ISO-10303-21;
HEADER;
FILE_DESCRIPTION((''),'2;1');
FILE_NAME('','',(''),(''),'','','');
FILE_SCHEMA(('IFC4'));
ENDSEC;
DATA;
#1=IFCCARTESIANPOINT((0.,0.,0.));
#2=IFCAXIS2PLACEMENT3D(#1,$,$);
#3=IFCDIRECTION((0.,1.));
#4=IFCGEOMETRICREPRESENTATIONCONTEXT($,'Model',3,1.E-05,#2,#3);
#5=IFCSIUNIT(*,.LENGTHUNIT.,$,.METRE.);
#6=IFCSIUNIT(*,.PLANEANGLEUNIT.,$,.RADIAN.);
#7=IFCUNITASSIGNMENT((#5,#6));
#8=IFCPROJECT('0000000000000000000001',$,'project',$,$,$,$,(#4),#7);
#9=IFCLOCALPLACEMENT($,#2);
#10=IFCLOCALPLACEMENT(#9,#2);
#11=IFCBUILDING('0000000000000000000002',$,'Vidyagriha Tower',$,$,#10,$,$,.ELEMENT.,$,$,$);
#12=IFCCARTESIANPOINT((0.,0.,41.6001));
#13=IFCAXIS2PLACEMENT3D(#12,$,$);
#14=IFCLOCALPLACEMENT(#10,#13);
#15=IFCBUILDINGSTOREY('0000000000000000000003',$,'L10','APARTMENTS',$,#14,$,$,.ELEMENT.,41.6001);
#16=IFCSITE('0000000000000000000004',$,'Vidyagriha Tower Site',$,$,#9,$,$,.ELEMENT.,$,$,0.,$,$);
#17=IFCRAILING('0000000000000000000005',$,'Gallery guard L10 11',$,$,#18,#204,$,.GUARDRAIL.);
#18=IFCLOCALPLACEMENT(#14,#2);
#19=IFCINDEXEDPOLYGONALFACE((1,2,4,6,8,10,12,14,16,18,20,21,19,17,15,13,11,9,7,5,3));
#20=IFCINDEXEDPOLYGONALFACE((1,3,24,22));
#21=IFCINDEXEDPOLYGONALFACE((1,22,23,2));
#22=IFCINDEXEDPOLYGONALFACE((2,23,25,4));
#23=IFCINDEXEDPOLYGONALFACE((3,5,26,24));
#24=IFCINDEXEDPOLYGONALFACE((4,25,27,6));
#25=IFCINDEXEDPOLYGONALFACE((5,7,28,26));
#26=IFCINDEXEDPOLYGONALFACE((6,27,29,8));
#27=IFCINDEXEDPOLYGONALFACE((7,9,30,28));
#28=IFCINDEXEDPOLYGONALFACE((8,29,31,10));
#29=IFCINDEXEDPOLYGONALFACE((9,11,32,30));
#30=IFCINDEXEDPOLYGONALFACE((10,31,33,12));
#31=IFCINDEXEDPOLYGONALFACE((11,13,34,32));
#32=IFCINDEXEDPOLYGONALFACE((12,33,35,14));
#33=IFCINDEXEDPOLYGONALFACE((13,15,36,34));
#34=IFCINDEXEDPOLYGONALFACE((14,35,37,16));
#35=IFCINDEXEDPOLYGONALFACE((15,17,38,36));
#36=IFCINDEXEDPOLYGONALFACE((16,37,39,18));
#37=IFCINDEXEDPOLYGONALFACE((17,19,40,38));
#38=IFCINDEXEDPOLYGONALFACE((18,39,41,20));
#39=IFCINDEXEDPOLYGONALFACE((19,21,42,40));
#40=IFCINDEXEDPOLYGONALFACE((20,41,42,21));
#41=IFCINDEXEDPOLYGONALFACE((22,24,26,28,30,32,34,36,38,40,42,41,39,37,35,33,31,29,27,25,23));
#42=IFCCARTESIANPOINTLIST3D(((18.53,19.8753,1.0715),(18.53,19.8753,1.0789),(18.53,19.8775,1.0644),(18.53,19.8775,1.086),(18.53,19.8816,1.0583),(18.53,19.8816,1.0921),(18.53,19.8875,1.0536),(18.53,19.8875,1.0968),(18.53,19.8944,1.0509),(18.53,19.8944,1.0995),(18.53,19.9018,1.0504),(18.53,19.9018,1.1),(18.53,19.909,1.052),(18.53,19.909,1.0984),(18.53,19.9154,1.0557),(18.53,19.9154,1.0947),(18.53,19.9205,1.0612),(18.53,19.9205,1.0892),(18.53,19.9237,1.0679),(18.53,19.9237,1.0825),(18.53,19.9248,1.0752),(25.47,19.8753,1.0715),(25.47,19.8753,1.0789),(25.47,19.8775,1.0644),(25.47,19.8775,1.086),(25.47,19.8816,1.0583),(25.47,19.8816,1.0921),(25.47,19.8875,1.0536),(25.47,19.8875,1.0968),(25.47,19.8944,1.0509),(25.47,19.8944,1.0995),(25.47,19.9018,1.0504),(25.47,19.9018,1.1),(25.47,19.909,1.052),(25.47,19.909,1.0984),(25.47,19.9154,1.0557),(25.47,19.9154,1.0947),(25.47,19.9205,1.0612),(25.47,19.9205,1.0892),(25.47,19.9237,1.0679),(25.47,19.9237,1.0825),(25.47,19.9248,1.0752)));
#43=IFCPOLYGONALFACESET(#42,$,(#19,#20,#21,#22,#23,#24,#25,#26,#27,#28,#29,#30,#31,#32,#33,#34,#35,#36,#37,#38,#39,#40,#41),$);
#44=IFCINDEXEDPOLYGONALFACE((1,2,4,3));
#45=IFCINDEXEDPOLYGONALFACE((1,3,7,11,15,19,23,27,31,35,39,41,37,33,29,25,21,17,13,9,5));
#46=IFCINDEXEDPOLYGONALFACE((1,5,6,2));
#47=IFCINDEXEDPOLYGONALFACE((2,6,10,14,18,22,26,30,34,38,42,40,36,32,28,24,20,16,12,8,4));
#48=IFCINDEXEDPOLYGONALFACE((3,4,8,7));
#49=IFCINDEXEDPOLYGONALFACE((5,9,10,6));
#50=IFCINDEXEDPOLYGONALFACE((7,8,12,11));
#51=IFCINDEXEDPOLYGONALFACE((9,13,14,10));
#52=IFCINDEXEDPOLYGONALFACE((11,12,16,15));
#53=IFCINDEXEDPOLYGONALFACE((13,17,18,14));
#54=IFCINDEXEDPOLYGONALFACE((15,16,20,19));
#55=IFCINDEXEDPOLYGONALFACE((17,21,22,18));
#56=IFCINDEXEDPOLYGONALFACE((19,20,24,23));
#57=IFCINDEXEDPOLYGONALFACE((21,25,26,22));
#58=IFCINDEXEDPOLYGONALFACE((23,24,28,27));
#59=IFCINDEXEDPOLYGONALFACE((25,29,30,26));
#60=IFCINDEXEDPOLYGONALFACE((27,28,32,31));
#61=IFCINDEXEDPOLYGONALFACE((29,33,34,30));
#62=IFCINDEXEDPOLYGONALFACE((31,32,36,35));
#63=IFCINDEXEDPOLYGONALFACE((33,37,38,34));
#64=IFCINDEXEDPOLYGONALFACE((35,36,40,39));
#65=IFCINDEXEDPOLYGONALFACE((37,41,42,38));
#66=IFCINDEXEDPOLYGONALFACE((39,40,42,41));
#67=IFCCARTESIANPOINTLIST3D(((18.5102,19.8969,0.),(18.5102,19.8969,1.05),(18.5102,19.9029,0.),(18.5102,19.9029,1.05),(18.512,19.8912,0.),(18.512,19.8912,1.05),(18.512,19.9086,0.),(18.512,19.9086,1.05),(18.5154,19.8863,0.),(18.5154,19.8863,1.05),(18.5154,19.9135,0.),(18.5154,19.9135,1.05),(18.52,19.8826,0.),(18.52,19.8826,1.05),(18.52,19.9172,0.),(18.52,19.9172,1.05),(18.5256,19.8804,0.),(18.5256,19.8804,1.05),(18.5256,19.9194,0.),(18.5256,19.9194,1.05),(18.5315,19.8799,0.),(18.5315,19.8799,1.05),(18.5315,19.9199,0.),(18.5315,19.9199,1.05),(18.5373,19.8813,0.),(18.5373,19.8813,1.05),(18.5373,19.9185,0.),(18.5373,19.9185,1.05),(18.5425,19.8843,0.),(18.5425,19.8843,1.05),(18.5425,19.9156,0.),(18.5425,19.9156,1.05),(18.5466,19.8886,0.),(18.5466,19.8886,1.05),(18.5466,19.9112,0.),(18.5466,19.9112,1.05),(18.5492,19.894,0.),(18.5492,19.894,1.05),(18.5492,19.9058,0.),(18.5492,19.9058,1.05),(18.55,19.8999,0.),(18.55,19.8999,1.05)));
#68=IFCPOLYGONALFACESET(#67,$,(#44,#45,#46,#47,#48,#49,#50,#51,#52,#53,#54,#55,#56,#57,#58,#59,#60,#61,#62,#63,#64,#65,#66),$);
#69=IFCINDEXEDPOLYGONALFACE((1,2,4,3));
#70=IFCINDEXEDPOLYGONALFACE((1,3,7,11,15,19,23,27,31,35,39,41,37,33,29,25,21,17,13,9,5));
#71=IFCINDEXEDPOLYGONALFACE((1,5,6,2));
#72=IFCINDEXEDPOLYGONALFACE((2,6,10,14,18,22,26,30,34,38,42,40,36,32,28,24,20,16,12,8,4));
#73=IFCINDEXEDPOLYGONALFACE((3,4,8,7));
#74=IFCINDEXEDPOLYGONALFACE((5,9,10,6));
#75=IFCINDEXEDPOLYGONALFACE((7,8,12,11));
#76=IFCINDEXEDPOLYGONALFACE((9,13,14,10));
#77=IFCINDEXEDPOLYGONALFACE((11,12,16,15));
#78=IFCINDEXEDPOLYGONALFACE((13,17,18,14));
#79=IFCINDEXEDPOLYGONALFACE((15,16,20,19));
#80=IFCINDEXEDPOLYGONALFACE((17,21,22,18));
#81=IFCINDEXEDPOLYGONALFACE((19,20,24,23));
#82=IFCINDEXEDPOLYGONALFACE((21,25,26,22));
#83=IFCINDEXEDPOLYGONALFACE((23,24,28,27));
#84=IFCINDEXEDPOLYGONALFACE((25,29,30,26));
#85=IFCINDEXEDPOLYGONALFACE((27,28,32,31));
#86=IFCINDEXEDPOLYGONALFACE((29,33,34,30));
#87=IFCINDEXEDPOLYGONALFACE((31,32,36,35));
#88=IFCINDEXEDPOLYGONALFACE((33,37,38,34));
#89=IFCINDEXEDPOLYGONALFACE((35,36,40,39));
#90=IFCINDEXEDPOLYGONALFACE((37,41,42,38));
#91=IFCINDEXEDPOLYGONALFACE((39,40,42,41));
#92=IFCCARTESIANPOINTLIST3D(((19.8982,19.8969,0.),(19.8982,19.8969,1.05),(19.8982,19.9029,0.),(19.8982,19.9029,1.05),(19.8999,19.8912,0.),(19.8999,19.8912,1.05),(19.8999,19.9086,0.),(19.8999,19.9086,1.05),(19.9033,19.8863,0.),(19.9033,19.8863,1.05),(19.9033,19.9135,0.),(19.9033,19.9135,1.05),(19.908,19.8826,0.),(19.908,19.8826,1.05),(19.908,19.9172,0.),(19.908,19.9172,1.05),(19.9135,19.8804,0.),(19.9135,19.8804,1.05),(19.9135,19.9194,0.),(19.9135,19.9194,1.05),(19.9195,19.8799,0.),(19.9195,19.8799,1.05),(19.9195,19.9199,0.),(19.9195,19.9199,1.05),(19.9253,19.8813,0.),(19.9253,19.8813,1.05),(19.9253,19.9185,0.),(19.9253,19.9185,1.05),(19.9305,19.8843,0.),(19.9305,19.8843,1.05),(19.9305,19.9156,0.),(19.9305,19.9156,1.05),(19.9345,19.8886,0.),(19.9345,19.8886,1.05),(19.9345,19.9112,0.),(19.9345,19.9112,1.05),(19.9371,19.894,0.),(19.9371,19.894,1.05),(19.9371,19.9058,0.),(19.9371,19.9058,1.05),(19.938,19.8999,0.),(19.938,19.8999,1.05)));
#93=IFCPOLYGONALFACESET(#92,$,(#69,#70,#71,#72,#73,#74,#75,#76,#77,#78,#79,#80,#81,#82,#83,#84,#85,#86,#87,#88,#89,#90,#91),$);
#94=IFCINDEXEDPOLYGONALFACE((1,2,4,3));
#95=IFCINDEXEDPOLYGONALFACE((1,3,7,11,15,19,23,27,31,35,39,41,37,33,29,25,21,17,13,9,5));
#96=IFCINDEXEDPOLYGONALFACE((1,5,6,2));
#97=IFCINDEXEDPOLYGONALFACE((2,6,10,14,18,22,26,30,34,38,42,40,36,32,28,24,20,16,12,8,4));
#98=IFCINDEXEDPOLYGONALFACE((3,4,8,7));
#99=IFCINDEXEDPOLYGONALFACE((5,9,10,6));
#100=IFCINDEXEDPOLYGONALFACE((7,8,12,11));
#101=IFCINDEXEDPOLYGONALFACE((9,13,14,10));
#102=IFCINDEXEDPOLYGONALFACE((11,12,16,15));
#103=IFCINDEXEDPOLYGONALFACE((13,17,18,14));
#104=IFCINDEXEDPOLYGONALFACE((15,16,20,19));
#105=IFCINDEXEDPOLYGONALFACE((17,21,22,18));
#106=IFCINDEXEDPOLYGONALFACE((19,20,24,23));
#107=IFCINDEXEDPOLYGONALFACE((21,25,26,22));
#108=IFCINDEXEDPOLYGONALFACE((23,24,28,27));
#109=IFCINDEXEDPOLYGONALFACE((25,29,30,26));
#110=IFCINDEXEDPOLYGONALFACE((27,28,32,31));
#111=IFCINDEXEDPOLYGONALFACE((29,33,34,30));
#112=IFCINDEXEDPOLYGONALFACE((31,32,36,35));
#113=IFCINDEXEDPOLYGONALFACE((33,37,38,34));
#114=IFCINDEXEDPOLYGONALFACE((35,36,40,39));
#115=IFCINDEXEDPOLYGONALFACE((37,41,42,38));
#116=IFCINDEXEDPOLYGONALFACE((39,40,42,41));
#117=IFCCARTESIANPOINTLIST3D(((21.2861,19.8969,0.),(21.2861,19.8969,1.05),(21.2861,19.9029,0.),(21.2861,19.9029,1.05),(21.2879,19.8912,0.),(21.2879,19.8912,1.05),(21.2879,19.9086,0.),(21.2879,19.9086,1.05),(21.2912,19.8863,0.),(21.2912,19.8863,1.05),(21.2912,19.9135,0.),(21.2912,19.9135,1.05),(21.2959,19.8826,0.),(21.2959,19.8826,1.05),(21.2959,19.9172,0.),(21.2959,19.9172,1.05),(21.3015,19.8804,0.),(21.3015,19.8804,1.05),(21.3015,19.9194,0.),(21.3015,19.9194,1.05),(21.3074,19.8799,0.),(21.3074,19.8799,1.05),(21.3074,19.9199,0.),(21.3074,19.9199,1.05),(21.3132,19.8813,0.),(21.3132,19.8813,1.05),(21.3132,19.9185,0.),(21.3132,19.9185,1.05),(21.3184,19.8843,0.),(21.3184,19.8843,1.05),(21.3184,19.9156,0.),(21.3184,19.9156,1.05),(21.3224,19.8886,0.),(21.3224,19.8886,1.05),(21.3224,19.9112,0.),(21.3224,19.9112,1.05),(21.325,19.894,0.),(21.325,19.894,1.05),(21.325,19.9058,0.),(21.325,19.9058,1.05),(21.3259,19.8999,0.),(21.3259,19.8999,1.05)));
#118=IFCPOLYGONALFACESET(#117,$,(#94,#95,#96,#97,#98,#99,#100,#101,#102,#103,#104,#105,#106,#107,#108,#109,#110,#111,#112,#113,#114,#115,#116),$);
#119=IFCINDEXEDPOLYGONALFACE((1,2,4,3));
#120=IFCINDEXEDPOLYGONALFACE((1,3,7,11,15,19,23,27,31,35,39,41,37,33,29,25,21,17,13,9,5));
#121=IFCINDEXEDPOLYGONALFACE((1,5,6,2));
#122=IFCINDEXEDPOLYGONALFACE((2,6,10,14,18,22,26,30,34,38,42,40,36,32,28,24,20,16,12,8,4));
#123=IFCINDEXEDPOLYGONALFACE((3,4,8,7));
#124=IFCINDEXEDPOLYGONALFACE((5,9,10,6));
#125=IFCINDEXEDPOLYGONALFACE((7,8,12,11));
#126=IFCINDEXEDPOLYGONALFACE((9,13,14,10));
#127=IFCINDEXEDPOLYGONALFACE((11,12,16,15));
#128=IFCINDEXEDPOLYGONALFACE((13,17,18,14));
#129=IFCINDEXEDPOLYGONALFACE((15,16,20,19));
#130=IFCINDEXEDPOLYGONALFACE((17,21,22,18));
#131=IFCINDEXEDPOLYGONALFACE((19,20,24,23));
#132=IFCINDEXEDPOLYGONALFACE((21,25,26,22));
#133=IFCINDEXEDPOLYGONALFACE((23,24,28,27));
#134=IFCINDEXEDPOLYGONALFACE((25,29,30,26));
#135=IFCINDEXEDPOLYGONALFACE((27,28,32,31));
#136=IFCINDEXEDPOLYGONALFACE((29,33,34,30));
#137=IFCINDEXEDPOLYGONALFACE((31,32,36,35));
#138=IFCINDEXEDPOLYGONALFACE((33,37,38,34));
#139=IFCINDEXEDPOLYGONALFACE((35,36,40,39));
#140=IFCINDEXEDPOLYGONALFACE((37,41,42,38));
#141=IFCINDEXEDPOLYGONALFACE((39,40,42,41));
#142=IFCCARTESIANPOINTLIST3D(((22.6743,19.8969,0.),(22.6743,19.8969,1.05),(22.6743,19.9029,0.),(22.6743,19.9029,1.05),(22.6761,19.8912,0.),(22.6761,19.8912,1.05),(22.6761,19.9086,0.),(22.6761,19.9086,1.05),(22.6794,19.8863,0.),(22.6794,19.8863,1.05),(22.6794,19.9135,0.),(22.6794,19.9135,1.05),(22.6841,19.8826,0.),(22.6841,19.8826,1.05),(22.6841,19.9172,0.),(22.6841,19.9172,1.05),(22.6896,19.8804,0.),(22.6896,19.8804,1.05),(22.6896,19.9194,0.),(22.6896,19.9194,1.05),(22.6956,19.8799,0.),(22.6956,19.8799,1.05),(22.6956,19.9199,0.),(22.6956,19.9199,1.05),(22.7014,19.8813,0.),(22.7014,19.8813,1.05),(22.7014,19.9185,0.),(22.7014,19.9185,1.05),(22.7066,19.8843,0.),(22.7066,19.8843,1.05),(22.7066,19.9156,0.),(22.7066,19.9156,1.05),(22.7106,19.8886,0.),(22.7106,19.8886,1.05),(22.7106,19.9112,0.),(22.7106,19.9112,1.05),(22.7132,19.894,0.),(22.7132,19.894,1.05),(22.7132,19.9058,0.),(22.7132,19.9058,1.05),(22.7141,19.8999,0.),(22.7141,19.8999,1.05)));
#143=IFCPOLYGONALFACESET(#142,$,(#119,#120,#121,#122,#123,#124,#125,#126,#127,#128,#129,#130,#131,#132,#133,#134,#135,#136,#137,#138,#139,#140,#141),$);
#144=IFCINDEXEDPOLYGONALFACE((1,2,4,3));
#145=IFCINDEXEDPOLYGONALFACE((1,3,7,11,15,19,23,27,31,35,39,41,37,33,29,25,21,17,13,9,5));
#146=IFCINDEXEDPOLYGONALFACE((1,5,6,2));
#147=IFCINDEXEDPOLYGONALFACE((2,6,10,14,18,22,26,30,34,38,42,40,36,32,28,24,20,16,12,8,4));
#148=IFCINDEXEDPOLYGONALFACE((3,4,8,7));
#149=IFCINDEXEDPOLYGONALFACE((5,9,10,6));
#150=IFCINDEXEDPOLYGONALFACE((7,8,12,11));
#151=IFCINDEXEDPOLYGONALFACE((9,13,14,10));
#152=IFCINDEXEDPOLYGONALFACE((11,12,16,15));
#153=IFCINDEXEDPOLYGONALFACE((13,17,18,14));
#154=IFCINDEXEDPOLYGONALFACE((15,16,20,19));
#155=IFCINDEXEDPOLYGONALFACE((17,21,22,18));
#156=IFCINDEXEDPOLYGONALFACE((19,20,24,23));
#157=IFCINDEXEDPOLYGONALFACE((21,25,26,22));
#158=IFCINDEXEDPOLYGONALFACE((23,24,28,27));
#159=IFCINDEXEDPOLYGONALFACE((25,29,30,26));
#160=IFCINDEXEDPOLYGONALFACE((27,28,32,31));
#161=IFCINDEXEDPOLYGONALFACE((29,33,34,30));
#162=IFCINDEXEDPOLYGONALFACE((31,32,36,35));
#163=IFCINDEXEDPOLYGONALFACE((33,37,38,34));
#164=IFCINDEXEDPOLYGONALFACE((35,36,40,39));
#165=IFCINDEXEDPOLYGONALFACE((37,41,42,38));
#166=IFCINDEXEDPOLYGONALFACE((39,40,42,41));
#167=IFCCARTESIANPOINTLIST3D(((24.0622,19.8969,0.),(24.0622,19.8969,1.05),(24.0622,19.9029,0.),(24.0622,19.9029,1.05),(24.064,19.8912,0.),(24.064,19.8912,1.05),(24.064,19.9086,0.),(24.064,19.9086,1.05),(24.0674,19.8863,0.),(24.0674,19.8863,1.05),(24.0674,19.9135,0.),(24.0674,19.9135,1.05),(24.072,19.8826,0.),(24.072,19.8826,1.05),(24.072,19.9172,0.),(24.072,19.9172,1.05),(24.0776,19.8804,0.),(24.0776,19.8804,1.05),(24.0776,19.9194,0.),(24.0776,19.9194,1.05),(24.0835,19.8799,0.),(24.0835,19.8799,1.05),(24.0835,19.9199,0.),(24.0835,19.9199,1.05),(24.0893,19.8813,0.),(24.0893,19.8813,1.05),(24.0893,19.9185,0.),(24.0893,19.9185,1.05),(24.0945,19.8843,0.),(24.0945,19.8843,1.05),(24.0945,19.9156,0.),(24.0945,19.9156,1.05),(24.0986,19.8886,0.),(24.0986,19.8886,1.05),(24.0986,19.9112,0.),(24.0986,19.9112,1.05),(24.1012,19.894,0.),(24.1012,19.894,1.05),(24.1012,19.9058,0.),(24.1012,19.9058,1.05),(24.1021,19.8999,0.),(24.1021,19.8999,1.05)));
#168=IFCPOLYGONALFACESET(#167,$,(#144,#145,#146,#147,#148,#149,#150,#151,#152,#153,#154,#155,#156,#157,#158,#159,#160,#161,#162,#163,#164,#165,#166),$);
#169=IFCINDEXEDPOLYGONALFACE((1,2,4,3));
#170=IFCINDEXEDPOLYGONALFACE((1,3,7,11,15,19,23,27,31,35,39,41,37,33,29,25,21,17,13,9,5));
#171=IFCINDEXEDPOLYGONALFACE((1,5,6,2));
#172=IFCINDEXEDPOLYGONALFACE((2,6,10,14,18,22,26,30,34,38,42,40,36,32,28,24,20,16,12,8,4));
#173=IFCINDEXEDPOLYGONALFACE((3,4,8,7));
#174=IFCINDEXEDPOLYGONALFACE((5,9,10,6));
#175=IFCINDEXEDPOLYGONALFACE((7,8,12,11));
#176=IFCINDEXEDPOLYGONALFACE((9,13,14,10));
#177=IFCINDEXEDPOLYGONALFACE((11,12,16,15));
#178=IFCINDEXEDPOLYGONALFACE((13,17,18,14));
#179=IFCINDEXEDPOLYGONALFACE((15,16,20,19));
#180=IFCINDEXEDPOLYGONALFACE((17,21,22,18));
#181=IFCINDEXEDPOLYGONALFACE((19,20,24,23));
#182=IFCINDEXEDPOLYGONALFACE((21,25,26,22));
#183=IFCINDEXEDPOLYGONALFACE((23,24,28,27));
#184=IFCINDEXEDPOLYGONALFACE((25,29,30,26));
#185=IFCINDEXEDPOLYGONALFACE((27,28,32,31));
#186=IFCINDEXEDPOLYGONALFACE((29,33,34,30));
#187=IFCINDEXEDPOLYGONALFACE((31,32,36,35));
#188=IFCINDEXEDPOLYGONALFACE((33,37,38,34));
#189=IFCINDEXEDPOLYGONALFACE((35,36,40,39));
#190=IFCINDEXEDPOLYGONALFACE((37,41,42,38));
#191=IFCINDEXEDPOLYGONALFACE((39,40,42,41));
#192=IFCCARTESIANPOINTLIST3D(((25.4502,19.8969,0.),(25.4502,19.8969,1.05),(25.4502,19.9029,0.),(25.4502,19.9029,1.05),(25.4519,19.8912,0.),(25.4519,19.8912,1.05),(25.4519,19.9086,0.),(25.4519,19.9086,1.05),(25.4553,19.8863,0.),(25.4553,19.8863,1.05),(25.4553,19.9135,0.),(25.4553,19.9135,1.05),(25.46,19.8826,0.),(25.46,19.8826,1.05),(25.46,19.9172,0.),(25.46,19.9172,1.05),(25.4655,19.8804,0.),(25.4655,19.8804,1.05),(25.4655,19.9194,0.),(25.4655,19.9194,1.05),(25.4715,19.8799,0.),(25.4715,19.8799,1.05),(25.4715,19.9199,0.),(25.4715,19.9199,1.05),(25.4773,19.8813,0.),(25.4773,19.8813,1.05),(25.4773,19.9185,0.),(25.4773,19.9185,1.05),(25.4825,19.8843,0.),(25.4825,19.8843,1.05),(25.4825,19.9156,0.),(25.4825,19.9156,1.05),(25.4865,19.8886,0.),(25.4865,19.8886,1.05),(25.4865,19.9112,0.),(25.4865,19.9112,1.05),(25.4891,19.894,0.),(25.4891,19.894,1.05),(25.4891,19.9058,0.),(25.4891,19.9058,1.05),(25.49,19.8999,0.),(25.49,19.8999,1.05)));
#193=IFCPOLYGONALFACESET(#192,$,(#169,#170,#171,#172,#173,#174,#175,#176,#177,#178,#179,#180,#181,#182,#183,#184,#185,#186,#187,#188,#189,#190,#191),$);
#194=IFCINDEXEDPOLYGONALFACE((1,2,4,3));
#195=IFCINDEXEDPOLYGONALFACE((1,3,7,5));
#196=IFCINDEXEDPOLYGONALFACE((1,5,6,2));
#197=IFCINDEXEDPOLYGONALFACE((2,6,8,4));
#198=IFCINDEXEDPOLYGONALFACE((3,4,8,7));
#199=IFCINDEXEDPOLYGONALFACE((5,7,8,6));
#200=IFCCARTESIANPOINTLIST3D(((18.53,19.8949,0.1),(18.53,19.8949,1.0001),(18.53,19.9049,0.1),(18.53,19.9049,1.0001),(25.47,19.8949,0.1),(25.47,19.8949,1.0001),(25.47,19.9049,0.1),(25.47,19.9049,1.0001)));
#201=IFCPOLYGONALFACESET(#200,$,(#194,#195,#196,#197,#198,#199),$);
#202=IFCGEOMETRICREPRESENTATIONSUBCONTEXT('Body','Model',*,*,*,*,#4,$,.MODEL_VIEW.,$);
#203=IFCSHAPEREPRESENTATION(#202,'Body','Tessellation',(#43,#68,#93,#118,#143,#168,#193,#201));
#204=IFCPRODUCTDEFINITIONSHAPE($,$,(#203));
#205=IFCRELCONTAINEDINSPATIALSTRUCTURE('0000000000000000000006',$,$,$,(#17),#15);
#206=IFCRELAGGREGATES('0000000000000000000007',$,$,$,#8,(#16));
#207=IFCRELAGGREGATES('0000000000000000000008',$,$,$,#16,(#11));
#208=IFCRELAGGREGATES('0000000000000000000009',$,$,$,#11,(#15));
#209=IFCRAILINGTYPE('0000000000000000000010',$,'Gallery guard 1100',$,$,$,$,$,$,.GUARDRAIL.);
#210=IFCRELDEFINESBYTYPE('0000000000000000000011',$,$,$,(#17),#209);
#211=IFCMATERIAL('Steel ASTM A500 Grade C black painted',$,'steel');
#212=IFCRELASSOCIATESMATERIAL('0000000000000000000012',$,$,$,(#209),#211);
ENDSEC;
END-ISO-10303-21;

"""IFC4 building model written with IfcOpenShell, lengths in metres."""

from ifc_helpers import new_model, si_unit, direction, frame, origin, origin_2d, place, context, subcontext, project, spatial, rectangle, circle, extrude, material, type_object, element, save


model = new_model("IFC4")

# Units and contexts
model_context = context("Model", 3, precision=1e-05, world=origin(), true_north=direction((0.0, 1.0)))
body_context = subcontext(model_context, "Body", "Model", "MODEL_VIEW")
ifc_project = project(units=[si_unit("LENGTHUNIT", "METRE"), si_unit("PLANEANGLEUNIT", "RADIAN")], contexts=[model_context])

# Site, building, storey
site_placement = place(None, origin())
site = spatial("IfcSite", under=ifc_project, at=site_placement, Name="Vidyagriha Tower Site", CompositionType="ELEMENT", RefElevation=0.0)
building_placement = place(site_placement, origin())
building = spatial("IfcBuilding", under=site, at=building_placement, Name="Vidyagriha Tower", CompositionType="ELEMENT")
storey_placement = place(building_placement, frame((0.0, 0.0, 41.6001)))
storey = spatial("IfcBuildingStorey", under=building, at=storey_placement, Name="L10", Description="APARTMENTS", CompositionType="ELEMENT", Elevation=41.6001)

# Railing
ifc_material_1 = material(Name="Steel ASTM A500 Grade C black painted", Category="steel")
railing_type = type_object("IfcRailingType", Name="Gallery guard 1100", PredefinedType="GUARDRAIL", material=ifc_material_1)
railing_1_placement = place(storey_placement, frame((18.53, 19.8999, 0.0)))
element("IfcRailing", 1, at=railing_1_placement, inside=storey, type_object=railing_type, Name="Gallery guard L10 11", PredefinedType="GUARDRAIL", context=body_context, shape_type="SweptSolid", body=[
    extrude(circle(Radius=0.0249, at=origin_2d()), frame((0.0, 0.0, 1.0752), z_axis=(1.0, 0.0, 0.0), x_axis=(0.0, 1.0, 0.0)), (0.0, 0.0, 1.0), 6.9399),
    extrude(circle(Radius=0.02, at=origin_2d()), origin(), (0.0, 0.0, 1.0), 1.05),
    extrude(circle(Radius=0.02, at=origin_2d()), frame((1.3879, 0.0, 0.0)), (0.0, 0.0, 1.0), 1.05),
    extrude(circle(Radius=0.02, at=origin_2d()), frame((2.7759, 0.0, 0.0)), (0.0, 0.0, 1.0), 1.05),
    extrude(circle(Radius=0.02, at=origin_2d()), frame((4.1641, 0.0, 0.0)), (0.0, 0.0, 1.0), 1.05),
    extrude(circle(Radius=0.02, at=origin_2d()), frame((5.552, 0.0, 0.0)), (0.0, 0.0, 1.0), 1.05),
    extrude(circle(Radius=0.02, at=origin_2d()), frame((6.9399, 0.0, 0.0)), (0.0, 0.0, 1.0), 1.05),
    extrude(rectangle(XDim=0.01, YDim=0.9001, at=origin_2d()), frame((0.0, 0.0, 0.55), z_axis=(1.0, 0.0, 0.0), x_axis=(0.0, 1.0, 0.0)), (0.0, 0.0, 1.0), 6.9399),
])

save(model, "model.ifc")
